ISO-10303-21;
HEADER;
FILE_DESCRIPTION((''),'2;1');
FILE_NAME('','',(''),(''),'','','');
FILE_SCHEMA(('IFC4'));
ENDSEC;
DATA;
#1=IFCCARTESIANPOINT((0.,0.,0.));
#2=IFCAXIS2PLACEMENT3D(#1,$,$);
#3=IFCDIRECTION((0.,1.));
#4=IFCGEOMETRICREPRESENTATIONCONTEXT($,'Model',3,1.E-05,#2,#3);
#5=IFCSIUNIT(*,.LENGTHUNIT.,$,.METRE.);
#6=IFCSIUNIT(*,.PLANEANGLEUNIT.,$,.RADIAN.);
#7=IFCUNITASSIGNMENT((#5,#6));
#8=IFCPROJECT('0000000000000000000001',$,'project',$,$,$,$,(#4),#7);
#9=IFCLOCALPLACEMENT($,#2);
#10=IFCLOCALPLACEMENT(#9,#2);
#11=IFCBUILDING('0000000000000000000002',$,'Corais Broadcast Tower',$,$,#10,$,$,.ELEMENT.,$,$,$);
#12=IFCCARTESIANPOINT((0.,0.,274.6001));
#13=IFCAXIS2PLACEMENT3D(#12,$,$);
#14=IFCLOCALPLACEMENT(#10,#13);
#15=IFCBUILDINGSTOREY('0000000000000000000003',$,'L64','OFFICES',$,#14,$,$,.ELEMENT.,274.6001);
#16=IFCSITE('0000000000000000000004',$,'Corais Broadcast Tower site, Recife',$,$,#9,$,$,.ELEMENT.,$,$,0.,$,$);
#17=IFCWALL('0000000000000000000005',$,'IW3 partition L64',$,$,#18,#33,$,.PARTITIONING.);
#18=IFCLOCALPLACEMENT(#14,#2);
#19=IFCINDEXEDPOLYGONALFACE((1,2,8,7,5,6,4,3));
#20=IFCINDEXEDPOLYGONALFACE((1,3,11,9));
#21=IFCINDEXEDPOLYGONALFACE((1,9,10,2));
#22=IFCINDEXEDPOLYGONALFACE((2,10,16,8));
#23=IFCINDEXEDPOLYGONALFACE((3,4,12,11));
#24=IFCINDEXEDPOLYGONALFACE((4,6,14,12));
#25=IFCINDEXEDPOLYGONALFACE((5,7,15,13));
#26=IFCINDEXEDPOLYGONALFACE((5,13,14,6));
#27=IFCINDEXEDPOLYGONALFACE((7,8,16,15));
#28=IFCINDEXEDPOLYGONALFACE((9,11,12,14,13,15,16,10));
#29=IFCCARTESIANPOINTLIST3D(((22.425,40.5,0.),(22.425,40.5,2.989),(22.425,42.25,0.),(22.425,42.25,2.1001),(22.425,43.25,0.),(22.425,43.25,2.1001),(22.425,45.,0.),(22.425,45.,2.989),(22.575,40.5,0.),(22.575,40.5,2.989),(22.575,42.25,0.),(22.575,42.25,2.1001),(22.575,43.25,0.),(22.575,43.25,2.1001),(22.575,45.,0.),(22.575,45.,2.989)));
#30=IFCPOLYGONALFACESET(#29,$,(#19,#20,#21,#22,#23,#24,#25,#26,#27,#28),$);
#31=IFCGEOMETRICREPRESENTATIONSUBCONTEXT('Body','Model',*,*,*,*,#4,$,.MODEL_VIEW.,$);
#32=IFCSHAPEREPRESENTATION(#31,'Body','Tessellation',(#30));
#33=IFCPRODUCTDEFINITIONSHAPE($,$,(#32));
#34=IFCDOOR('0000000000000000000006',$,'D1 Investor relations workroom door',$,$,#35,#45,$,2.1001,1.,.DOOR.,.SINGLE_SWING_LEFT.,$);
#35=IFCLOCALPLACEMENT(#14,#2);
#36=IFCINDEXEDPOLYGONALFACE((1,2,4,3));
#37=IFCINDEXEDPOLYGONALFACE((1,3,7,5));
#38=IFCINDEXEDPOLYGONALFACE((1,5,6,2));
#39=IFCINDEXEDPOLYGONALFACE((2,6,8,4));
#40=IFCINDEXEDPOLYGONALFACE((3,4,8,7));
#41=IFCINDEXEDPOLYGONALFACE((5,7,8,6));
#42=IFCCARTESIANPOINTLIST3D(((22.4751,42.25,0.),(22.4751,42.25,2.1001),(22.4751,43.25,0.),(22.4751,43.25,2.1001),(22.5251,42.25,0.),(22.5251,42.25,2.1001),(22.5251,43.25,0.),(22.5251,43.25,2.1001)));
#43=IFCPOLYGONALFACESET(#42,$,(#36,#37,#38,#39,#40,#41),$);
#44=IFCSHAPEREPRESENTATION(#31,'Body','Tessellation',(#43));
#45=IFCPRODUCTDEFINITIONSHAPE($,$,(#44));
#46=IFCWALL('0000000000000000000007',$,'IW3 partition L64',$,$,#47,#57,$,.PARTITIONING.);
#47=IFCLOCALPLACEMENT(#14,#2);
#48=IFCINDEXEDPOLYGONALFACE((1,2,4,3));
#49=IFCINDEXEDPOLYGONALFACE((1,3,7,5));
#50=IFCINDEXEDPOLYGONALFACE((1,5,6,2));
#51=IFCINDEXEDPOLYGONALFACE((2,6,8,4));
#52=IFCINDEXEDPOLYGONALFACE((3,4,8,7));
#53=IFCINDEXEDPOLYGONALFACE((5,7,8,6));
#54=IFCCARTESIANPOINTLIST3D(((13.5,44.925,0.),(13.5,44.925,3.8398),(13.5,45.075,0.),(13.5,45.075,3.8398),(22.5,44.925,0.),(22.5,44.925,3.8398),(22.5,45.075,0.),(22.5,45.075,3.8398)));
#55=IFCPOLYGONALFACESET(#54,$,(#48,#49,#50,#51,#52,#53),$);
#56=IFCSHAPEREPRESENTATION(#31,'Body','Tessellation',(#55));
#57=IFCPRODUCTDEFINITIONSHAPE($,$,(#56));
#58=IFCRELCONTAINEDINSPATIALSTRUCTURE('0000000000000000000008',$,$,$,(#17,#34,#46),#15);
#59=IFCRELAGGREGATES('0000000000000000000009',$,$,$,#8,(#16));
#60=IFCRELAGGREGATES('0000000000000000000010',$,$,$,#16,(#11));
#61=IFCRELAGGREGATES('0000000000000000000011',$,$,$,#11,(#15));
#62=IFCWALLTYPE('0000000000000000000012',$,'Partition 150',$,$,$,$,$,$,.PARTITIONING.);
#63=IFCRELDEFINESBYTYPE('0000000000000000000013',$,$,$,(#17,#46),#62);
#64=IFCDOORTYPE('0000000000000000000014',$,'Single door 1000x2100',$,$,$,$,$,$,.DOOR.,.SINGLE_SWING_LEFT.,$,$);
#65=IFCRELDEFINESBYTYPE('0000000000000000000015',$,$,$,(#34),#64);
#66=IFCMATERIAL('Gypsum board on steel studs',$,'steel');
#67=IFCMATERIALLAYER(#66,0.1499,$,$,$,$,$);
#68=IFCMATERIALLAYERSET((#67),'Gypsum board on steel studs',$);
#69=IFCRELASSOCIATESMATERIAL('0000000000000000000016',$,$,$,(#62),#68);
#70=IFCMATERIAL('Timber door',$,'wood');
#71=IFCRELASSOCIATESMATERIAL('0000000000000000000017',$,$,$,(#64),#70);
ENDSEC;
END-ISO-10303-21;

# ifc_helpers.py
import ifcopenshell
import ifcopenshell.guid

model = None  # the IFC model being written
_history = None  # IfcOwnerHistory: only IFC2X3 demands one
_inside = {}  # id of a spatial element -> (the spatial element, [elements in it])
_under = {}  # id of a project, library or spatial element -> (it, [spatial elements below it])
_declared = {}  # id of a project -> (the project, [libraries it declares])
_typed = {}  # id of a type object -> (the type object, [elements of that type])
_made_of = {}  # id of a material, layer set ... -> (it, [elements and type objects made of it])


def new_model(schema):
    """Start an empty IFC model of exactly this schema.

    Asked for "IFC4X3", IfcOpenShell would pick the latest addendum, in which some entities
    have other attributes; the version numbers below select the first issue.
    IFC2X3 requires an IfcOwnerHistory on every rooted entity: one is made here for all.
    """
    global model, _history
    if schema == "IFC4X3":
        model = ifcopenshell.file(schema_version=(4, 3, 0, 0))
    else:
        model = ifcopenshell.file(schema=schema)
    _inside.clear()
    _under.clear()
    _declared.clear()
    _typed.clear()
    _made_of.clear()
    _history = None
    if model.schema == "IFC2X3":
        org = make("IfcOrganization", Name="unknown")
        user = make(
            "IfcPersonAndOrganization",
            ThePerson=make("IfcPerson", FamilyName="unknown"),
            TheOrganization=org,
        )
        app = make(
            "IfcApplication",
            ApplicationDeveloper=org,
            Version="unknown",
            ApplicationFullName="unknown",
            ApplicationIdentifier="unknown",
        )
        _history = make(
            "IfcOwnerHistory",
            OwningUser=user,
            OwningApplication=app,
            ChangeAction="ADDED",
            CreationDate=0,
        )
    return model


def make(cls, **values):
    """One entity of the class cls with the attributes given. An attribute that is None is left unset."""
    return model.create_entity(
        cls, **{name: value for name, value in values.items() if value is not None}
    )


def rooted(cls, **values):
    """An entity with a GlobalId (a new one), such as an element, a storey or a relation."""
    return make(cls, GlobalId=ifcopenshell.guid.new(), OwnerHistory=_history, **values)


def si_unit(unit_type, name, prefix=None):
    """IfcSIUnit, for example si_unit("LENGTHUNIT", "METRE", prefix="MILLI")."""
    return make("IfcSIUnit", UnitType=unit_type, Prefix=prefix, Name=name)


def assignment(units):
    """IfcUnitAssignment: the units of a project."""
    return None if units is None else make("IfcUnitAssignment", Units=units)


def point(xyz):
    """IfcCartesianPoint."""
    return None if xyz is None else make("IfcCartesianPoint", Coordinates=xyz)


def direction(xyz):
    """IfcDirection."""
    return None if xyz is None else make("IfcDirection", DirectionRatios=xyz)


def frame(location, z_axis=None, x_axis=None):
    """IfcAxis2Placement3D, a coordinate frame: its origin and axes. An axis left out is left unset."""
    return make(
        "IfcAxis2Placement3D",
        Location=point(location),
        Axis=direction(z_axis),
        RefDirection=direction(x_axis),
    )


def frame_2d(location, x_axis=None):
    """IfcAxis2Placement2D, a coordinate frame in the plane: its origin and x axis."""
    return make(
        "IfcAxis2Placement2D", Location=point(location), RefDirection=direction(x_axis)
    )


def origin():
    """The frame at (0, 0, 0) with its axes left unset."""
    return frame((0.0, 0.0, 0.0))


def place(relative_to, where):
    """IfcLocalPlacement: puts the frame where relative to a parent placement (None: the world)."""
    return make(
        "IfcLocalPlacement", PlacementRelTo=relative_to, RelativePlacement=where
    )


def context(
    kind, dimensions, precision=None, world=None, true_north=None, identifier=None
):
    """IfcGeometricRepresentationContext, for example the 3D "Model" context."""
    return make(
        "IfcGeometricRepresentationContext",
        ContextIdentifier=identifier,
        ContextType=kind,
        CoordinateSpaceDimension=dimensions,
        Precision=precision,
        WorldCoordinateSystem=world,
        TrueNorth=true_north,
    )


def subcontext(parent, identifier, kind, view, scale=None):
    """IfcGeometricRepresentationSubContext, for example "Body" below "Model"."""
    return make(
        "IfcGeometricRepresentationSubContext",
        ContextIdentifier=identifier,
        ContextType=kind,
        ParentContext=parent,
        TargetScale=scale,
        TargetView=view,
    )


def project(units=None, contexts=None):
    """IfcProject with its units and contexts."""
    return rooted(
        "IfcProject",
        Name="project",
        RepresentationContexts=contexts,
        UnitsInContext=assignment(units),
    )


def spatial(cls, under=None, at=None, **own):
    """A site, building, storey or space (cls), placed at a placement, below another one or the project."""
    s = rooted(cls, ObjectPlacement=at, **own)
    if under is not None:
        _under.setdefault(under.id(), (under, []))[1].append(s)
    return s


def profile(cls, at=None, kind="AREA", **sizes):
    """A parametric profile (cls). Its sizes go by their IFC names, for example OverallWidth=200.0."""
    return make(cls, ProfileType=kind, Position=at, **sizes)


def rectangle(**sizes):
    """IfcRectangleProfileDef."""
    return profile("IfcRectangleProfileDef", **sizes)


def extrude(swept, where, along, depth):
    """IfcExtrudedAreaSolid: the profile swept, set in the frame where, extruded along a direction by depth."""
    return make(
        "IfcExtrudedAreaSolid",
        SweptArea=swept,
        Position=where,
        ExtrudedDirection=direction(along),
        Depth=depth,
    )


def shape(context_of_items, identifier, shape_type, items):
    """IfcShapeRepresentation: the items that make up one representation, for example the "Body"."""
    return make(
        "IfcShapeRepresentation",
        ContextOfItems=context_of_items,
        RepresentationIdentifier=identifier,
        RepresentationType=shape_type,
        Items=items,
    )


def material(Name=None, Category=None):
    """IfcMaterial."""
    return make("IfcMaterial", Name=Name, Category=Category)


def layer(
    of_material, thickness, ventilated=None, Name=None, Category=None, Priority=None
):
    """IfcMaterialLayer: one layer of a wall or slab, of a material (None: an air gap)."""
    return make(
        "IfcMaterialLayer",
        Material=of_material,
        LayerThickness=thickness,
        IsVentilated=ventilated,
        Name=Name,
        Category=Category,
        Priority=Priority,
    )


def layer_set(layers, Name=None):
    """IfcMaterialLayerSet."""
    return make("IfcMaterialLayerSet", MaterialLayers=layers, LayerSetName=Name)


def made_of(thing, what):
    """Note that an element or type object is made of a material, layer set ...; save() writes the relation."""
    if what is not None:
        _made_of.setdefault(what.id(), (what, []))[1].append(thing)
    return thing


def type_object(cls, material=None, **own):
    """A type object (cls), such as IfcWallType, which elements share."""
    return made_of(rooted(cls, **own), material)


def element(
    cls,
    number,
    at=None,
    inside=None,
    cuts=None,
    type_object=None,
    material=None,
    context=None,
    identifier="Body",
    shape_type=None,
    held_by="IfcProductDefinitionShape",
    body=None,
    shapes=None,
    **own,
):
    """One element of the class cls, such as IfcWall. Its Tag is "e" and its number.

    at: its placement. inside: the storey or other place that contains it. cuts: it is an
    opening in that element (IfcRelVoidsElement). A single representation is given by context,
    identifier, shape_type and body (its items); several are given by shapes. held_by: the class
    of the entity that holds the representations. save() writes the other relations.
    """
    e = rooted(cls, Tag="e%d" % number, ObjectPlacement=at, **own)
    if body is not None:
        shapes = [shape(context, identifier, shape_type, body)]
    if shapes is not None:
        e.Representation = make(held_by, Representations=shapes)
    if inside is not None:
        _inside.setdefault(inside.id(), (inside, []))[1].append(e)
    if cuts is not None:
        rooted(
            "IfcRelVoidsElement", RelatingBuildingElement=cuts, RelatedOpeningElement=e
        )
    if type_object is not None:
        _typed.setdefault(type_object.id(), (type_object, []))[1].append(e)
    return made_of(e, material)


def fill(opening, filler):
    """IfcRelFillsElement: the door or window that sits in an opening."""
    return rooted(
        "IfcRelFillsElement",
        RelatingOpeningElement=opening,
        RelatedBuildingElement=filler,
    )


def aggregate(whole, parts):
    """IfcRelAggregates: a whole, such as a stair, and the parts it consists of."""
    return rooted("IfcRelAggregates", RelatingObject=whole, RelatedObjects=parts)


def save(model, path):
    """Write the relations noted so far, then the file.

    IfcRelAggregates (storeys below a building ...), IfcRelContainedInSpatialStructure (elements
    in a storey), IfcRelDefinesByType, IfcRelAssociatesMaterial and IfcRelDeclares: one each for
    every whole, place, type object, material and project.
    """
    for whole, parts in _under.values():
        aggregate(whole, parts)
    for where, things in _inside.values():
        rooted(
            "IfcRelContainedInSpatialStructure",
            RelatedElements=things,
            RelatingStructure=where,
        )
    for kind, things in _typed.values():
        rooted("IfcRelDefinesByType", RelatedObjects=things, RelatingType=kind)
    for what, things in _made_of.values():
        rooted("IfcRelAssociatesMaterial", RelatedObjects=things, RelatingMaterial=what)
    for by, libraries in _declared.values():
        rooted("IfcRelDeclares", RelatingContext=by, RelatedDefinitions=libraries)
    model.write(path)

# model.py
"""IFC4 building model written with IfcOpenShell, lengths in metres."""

from ifc_helpers import new_model, si_unit, direction, frame, frame_2d, origin, place, context, subcontext, project, spatial, rectangle, extrude, material, layer, layer_set, type_object, element, fill, save


model = new_model("IFC4")

# Units and contexts
model_context = context("Model", 3, precision=1e-05, world=origin(), true_north=direction((0.0, 1.0)))
body_context = subcontext(model_context, "Body", "Model", "MODEL_VIEW")
ifc_project = project(units=[si_unit("LENGTHUNIT", "METRE"), si_unit("PLANEANGLEUNIT", "RADIAN")], contexts=[model_context])

# Site, building, storey
site_placement = place(None, origin())
site = spatial("IfcSite", under=ifc_project, at=site_placement, Name="Corais Broadcast Tower site, Recife", CompositionType="ELEMENT", RefElevation=0.0)
building_placement = place(site_placement, origin())
building = spatial("IfcBuilding", under=site, at=building_placement, Name="Corais Broadcast Tower", CompositionType="ELEMENT")
storey_placement = place(building_placement, frame((0.0, 0.0, 274.6001)))
storey = spatial("IfcBuildingStorey", under=building, at=storey_placement, Name="L64", Description="OFFICES", CompositionType="ELEMENT", Elevation=274.6001)

# Wall, opening, door
ifc_material_1 = material(Name="Gypsum board on steel studs", Category="steel")
ifc_layer_1 = layer(ifc_material_1, 0.1499)
ifc_layer_set_1 = layer_set([ifc_layer_1], Name="Gypsum board on steel studs")
wall_type = type_object("IfcWallType", Name="Partition 150", PredefinedType="PARTITIONING", material=ifc_layer_set_1)
wall_1_placement = place(storey_placement, frame((22.5, 40.5, 0.0), z_axis=(0.0, 0.0, 1.0), x_axis=(0.0, 1.0, 0.0)))
wall_1 = element("IfcWall", 1, at=wall_1_placement, inside=storey, type_object=wall_type, Name="IW3 partition L64", PredefinedType="PARTITIONING", context=body_context, shape_type="SweptSolid", body=[
    extrude(rectangle(XDim=4.5, YDim=0.1499, at=frame_2d((2.25, 0.0))), origin(), (0.0, 0.0, 1.0), 2.989),
])
opening_placement = place(wall_1_placement, frame((1.75, 0.0, 0.0)))
opening = element("IfcOpeningElement", 2, at=opening_placement, cuts=wall_1, PredefinedType="OPENING", context=body_context, shape_type="SweptSolid", body=[
    extrude(rectangle(XDim=1.0, YDim=2.1001, at=frame_2d((0.5, 1.05))), frame((0.0, 0.085, 0.0), z_axis=(0.0, -1.0, 0.0), x_axis=(1.0, 0.0, 0.0)), (0.0, 0.0, 1.0), 0.1699),
])
ifc_material_2 = material(Name="Timber door", Category="wood")
door_type = type_object("IfcDoorType", Name="Single door 1000x2100", OperationType="SINGLE_SWING_LEFT", PredefinedType="DOOR", material=ifc_material_2)
door_placement = place(opening_placement, origin())
door = element("IfcDoor", 3, at=door_placement, inside=storey, type_object=door_type, Name="D1 Investor relations workroom door", OperationType="SINGLE_SWING_LEFT", OverallHeight=2.1001, OverallWidth=1.0, PredefinedType="DOOR", context=body_context, shape_type="SweptSolid", body=[
    extrude(rectangle(XDim=1.0, YDim=2.1001, at=frame_2d((0.5, 1.05))), frame((0.0, 0.0249, 0.0), z_axis=(0.0, -1.0, 0.0), x_axis=(1.0, 0.0, 0.0)), (0.0, 0.0, 1.0), 0.05),
])
fill(opening, door)

# Wall
wall_2_placement = place(storey_placement, frame((22.5, 45.0, 0.0), z_axis=(0.0, 0.0, 1.0), x_axis=(-1.0, 0.0, 0.0)))
element("IfcWall", 4, at=wall_2_placement, inside=storey, type_object=wall_type, Name="IW3 partition L64", PredefinedType="PARTITIONING", context=body_context, shape_type="SweptSolid", body=[
    extrude(rectangle(XDim=9.0, YDim=0.1499, at=frame_2d((4.5, 0.0))), origin(), (0.0, 0.0, 1.0), 3.8398),
])

save(model, "model.ifc")
